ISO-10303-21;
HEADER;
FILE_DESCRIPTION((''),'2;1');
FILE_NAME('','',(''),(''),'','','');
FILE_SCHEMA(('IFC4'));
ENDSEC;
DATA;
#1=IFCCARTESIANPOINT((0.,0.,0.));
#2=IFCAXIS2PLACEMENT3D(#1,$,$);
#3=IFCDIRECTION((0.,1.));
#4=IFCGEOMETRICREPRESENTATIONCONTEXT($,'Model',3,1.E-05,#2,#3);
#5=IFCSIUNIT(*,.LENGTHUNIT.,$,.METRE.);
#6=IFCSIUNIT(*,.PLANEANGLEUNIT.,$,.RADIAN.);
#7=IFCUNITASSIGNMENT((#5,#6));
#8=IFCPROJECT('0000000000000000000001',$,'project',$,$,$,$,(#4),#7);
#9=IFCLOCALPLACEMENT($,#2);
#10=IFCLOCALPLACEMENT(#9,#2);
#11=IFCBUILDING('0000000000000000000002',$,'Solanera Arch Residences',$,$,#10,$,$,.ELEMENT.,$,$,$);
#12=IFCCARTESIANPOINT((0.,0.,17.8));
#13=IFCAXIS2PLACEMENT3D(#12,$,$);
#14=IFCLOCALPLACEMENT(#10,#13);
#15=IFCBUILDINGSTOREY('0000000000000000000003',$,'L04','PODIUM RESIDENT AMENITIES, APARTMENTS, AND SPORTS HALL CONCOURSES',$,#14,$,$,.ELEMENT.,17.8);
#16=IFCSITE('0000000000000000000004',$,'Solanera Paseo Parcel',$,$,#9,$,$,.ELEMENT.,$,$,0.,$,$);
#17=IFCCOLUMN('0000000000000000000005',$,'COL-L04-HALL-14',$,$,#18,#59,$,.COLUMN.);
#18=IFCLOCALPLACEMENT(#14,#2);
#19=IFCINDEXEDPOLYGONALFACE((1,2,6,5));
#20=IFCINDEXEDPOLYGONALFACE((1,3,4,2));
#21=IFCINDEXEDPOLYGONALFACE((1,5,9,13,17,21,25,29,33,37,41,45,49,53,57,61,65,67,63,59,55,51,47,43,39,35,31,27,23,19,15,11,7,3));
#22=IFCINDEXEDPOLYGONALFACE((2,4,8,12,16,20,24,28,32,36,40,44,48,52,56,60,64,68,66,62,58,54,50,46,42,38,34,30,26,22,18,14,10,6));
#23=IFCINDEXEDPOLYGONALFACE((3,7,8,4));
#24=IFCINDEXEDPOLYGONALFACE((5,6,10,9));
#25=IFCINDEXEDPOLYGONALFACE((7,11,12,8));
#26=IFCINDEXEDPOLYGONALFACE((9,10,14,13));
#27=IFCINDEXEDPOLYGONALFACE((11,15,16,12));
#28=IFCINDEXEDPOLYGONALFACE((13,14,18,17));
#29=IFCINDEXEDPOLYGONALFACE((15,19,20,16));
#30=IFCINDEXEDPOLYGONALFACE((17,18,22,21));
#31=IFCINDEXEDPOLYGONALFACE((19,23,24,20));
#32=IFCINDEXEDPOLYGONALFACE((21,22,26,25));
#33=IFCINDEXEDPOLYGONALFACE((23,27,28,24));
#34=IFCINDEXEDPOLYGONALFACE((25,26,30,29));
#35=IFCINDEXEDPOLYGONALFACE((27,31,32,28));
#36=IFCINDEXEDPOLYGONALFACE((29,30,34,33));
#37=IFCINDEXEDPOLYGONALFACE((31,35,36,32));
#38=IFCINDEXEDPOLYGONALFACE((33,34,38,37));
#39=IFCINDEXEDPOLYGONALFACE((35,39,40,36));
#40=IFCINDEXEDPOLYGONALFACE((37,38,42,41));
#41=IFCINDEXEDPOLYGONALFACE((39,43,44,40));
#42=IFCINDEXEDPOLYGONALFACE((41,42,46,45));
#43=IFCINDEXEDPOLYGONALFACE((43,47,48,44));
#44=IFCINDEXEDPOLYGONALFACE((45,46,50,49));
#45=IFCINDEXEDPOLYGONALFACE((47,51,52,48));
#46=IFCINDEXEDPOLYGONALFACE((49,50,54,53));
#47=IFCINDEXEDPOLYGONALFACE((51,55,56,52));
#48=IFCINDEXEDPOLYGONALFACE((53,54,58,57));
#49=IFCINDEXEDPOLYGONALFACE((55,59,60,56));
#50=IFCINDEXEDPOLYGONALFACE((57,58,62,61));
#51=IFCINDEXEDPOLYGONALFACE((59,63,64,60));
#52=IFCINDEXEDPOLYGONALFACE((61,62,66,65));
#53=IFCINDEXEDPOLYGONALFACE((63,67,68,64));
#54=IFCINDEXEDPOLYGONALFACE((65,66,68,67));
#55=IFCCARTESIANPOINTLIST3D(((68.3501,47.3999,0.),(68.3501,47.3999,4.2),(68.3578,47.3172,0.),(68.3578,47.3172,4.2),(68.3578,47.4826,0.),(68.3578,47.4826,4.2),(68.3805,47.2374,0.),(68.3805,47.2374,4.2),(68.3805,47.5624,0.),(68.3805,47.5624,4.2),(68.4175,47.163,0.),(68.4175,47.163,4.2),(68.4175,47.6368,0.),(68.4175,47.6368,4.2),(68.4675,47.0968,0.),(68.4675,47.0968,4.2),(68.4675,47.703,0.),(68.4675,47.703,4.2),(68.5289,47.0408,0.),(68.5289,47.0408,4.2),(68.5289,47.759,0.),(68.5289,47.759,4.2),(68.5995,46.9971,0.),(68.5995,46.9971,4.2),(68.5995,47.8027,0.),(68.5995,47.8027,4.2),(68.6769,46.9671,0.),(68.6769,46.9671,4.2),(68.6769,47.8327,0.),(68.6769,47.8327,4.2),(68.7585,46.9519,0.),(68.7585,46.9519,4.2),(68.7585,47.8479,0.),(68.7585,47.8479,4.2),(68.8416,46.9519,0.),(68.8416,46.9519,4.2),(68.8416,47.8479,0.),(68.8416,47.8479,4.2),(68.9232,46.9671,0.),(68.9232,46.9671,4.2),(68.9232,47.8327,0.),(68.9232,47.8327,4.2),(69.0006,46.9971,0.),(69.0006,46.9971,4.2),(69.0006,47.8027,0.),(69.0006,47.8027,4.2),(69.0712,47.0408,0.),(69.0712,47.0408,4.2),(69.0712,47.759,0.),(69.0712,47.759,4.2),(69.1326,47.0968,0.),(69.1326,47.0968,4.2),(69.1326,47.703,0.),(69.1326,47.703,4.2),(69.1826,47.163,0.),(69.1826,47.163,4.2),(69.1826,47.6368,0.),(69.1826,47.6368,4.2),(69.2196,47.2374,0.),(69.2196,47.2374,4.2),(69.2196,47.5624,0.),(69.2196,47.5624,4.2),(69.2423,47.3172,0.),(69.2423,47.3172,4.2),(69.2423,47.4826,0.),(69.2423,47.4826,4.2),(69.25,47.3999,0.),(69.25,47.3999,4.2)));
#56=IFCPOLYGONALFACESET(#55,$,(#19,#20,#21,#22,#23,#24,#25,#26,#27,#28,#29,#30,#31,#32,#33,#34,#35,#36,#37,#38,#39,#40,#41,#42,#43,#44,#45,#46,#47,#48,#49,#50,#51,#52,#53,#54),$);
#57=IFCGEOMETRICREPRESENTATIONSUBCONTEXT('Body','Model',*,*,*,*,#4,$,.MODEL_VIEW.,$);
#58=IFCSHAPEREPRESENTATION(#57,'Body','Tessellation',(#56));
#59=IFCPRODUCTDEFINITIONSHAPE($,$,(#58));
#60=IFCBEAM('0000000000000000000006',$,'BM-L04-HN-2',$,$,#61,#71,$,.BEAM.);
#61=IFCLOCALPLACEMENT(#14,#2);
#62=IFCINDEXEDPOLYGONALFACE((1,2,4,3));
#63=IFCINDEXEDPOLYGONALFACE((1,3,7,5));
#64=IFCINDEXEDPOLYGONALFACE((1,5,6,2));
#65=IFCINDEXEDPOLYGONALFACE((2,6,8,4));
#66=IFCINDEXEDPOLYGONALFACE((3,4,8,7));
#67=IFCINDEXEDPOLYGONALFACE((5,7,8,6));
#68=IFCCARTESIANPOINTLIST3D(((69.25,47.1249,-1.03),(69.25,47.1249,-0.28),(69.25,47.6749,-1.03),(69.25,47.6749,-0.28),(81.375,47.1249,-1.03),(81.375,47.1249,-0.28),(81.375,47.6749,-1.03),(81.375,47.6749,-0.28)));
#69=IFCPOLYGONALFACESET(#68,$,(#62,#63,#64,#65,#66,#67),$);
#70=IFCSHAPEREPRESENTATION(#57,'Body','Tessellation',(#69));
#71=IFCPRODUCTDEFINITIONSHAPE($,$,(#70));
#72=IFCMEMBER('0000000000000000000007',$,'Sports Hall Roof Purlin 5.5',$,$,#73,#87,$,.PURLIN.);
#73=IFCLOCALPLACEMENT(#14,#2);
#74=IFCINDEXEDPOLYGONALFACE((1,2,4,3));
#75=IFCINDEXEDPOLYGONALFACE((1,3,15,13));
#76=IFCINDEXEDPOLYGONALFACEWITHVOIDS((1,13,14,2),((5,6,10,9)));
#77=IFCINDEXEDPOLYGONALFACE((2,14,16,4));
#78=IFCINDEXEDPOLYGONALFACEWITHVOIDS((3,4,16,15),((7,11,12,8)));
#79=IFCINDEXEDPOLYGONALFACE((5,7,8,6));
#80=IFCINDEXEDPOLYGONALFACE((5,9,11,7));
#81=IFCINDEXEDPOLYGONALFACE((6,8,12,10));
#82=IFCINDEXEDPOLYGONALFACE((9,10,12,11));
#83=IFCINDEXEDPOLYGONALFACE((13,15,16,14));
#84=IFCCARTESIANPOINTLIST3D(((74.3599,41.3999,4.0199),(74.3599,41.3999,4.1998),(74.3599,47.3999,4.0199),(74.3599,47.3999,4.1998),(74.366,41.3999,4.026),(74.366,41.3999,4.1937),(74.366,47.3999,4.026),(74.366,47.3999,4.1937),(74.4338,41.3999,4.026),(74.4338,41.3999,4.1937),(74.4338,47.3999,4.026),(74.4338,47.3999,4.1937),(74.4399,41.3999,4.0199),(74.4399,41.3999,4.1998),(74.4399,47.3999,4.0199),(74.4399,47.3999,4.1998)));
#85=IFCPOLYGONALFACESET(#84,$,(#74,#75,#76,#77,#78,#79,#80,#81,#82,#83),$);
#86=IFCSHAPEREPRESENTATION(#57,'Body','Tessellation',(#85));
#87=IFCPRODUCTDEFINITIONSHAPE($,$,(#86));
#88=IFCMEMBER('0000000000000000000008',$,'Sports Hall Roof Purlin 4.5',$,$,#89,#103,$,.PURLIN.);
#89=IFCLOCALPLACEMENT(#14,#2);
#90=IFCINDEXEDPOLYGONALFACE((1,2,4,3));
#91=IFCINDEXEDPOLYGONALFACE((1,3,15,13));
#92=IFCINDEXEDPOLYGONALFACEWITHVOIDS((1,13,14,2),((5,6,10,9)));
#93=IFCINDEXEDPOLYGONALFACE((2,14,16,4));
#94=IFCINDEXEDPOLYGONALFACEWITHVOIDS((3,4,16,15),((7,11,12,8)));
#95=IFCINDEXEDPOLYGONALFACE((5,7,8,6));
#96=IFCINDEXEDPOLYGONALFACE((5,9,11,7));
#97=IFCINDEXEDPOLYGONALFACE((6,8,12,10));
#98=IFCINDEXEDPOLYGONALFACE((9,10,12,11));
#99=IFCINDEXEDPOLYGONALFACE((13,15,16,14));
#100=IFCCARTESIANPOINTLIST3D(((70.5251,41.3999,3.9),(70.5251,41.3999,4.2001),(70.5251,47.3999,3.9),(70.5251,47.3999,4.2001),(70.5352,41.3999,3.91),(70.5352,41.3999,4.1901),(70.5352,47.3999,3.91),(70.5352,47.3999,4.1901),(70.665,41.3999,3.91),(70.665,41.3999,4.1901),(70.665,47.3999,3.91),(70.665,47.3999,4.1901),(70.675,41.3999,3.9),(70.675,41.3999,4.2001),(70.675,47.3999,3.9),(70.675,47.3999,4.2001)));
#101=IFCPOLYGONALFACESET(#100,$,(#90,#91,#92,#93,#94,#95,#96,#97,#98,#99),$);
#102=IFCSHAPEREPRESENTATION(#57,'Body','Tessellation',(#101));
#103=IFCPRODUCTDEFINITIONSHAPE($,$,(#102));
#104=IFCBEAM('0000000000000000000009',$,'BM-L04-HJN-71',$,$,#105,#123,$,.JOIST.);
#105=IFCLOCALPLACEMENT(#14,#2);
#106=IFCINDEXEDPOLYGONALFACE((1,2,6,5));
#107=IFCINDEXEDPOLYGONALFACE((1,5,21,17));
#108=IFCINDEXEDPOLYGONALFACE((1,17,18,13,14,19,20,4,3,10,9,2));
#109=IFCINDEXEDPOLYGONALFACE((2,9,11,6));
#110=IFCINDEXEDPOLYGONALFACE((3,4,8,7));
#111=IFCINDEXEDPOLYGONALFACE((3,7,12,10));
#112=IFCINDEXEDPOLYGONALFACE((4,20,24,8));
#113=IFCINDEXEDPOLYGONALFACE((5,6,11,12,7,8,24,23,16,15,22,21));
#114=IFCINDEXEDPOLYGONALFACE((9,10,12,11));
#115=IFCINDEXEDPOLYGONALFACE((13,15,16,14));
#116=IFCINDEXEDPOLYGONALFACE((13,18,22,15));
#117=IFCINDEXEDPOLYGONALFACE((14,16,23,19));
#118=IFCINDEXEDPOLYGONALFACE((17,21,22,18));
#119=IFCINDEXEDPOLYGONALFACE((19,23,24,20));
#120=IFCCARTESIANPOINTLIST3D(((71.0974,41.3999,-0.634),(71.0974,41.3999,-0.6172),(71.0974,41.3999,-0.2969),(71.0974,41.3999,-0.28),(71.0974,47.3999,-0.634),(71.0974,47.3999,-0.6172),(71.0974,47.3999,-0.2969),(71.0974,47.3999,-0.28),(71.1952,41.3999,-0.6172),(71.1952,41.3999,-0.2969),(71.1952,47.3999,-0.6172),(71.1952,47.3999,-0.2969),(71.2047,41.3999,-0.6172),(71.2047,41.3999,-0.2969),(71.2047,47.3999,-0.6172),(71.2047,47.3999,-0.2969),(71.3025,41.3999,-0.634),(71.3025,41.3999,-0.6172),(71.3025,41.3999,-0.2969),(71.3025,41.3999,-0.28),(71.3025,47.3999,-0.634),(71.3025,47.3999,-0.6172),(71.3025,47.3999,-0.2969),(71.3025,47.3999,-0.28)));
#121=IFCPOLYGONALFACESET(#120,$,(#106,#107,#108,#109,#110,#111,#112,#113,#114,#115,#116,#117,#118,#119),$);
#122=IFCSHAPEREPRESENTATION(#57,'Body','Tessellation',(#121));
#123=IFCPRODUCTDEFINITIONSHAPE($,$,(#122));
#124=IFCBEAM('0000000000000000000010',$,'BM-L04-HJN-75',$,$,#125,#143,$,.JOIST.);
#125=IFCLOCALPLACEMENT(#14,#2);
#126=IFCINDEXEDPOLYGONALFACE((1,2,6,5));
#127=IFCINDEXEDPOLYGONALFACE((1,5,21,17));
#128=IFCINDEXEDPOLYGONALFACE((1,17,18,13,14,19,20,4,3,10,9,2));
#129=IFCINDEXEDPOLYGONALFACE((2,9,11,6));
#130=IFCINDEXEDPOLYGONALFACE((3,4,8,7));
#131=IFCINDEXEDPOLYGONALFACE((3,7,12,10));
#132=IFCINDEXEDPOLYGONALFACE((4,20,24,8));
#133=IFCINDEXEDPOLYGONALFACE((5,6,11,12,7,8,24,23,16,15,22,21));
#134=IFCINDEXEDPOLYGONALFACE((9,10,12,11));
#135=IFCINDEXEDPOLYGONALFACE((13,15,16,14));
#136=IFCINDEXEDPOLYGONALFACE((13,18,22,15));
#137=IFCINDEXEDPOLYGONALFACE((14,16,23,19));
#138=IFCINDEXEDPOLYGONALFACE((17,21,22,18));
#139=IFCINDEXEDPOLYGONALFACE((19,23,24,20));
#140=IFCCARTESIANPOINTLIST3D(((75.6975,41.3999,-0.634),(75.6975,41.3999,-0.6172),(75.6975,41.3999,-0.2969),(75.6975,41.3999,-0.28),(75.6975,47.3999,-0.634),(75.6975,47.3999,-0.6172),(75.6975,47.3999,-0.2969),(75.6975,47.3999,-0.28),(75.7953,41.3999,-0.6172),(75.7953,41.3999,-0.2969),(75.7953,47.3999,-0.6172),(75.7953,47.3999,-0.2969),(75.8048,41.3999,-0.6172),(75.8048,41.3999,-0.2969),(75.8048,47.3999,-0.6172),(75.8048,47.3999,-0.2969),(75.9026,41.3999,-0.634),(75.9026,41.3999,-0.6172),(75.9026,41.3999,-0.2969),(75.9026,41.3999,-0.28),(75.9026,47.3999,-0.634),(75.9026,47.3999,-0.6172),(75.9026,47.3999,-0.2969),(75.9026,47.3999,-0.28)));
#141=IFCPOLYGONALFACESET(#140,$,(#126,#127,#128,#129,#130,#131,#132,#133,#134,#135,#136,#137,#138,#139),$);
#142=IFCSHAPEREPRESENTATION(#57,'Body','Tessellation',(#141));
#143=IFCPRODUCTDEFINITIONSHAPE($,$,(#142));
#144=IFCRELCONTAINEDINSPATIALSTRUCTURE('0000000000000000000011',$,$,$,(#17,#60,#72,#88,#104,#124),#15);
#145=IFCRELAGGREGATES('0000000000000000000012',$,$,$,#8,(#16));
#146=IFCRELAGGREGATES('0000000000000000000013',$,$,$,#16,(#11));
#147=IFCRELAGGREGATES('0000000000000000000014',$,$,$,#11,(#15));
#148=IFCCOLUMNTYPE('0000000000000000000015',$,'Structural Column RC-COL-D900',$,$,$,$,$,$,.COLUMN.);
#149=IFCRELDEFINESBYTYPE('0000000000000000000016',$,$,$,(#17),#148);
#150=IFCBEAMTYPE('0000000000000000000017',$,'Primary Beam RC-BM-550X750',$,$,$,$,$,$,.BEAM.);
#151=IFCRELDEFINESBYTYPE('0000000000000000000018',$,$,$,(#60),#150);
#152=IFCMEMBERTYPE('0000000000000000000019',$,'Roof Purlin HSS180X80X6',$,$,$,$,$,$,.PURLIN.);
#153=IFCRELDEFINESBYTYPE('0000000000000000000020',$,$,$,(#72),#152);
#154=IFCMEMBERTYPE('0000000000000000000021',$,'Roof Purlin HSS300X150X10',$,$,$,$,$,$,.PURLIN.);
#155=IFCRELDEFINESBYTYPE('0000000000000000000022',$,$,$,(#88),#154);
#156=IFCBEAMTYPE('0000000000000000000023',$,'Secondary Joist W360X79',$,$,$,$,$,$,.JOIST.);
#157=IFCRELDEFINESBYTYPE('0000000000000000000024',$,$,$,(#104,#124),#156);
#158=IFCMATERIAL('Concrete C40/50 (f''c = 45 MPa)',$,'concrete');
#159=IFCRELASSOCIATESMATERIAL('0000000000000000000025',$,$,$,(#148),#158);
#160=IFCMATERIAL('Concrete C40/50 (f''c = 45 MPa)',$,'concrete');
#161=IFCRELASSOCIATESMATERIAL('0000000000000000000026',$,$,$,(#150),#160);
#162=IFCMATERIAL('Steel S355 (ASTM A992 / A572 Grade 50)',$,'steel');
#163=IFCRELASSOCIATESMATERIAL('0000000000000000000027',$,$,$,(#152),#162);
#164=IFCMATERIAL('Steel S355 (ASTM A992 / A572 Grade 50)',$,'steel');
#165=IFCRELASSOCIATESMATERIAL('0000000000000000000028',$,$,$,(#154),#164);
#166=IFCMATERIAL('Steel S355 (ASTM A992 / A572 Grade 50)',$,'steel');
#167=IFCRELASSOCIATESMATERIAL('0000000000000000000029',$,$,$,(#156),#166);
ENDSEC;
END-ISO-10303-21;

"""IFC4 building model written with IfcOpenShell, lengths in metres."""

from ifc_helpers import new_model, si_unit, direction, frame, origin, origin_2d, place, context, subcontext, project, spatial, rectangle, hollow_rectangle, circle, i_section, extrude, material, material_profile, profile_set, type_object, element, save


model = new_model("IFC4")

# Units and contexts
model_context = context("Model", 3, precision=1e-05, world=origin(), true_north=direction((0.0, 1.0)))
body_context = subcontext(model_context, "Body", "Model", "MODEL_VIEW")
ifc_project = project(units=[si_unit("LENGTHUNIT", "METRE"), si_unit("PLANEANGLEUNIT", "RADIAN")], contexts=[model_context])

# Site, building, storey
site_placement = place(None, origin())
site = spatial("IfcSite", under=ifc_project, at=site_placement, Name="Solanera Paseo Parcel", CompositionType="ELEMENT", RefElevation=0.0)
building_placement = place(site_placement, origin())
building = spatial("IfcBuilding", under=site, at=building_placement, Name="Solanera Arch Residences", CompositionType="ELEMENT")
storey_placement = place(building_placement, frame((0.0, 0.0, 17.8)))
storey = spatial("IfcBuildingStorey", under=building, at=storey_placement, Name="L04", Description="PODIUM RESIDENT AMENITIES, APARTMENTS, AND SPORTS HALL CONCOURSES", CompositionType="ELEMENT", Elevation=17.8)

# Column
ifc_material_1 = material(Name="Concrete C40/50 (f'c = 45 MPa)", Category="concrete")
ifc_material_profile_1 = material_profile(ifc_material_1, circle(Radius=0.45, at=origin_2d()))
ifc_profile_set_1 = profile_set([ifc_material_profile_1], Name="Concrete C40/50 (f'c = 45 MPa)")
column_type = type_object("IfcColumnType", Name="Structural Column RC-COL-D900", PredefinedType="COLUMN", material=ifc_profile_set_1)
column_placement = place(storey_placement, frame((68.8, 47.3999, 0.0), z_axis=(0.0, 0.0, 1.0), x_axis=(1.0, 0.0, 0.0)))
element("IfcColumn", 1, at=column_placement, inside=storey, type_object=column_type, Name="COL-L04-HALL-14", PredefinedType="COLUMN", context=body_context, shape_type="SweptSolid", body=[
    extrude(circle(Radius=0.45, at=origin_2d()), origin(), (0.0, 0.0, 1.0), 4.2),
])

# Beam
ifc_material_2 = material(Name="Concrete C40/50 (f'c = 45 MPa)", Category="concrete")
ifc_material_profile_2 = material_profile(ifc_material_2, rectangle(XDim=0.55, YDim=0.75, at=origin_2d()))
ifc_profile_set_2 = profile_set([ifc_material_profile_2], Name="Concrete C40/50 (f'c = 45 MPa)")
beam_type_1 = type_object("IfcBeamType", Name="Primary Beam RC-BM-550X750", PredefinedType="BEAM", material=ifc_profile_set_2)
beam_1_placement = place(storey_placement, frame((69.25, 47.3999, -0.655), z_axis=(1.0, 0.0, 0.0), x_axis=(0.0, 1.0, 0.0)))
element("IfcBeam", 2, at=beam_1_placement, inside=storey, type_object=beam_type_1, Name="BM-L04-HN-2", PredefinedType="BEAM", context=body_context, shape_type="SweptSolid", body=[
    extrude(rectangle(XDim=0.55, YDim=0.75, at=origin_2d()), origin(), (0.0, 0.0, 1.0), 12.125),
])

# Members
ifc_material_3 = material(Name="Steel S355 (ASTM A992 / A572 Grade 50)", Category="steel")
ifc_material_profile_3 = material_profile(ifc_material_3, hollow_rectangle(XDim=0.0801, YDim=0.1799, WallThickness=0.0061, at=origin_2d()))
ifc_profile_set_3 = profile_set([ifc_material_profile_3], Name="Steel S355 (ASTM A992 / A572 Grade 50)")
member_type_1 = type_object("IfcMemberType", Name="Roof Purlin HSS180X80X6", PredefinedType="PURLIN", material=ifc_profile_set_3)
member_1_placement = place(storey_placement, frame((74.3999, 41.3999, 4.1099), z_axis=(0.0, 1.0, 0.0), x_axis=(-1.0, 0.0, 0.0)))
element("IfcMember", 3, at=member_1_placement, inside=storey, type_object=member_type_1, Name="Sports Hall Roof Purlin 5.5", PredefinedType="PURLIN", context=body_context, shape_type="SweptSolid", body=[
    extrude(hollow_rectangle(XDim=0.0801, YDim=0.1799, WallThickness=0.0061, at=origin_2d()), origin(), (0.0, 0.0, 1.0), 6.0),
])
ifc_material_4 = material(Name="Steel S355 (ASTM A992 / A572 Grade 50)", Category="steel")
ifc_material_profile_4 = material_profile(ifc_material_4, hollow_rectangle(XDim=0.1499, YDim=0.3, WallThickness=0.01, at=origin_2d()))
ifc_profile_set_4 = profile_set([ifc_material_profile_4], Name="Steel S355 (ASTM A992 / A572 Grade 50)")
member_type_2 = type_object("IfcMemberType", Name="Roof Purlin HSS300X150X10", PredefinedType="PURLIN", material=ifc_profile_set_4)
member_2_placement = place(storey_placement, frame((70.6001, 41.3999, 4.05), z_axis=(0.0, 1.0, 0.0), x_axis=(-1.0, 0.0, 0.0)))
element("IfcMember", 4, at=member_2_placement, inside=storey, type_object=member_type_2, Name="Sports Hall Roof Purlin 4.5", PredefinedType="PURLIN", context=body_context, shape_type="SweptSolid", body=[
    extrude(hollow_rectangle(XDim=0.1499, YDim=0.3, WallThickness=0.01, at=origin_2d()), origin(), (0.0, 0.0, 1.0), 6.0),
])

# Beams
ifc_material_5 = material(Name="Steel S355 (ASTM A992 / A572 Grade 50)", Category="steel")
ifc_material_profile_5 = material_profile(ifc_material_5, i_section(OverallWidth=0.2051, OverallDepth=0.354, WebThickness=0.0095, FlangeThickness=0.0168, at=origin_2d()))
ifc_profile_set_5 = profile_set([ifc_material_profile_5], Name="Steel S355 (ASTM A992 / A572 Grade 50)")
beam_type_2 = type_object("IfcBeamType", Name="Secondary Joist W360X79", PredefinedType="JOIST", material=ifc_profile_set_5)
for number, where, z_axis, x_axis, name in (
    (5, (71.2, 41.3999, -0.457), (0.0, 1.0, 0.0), (-1.0, 0.0, 0.0), "BM-L04-HJN-71"),
    (6, (75.8, 41.3999, -0.457), (0.0, 1.0, 0.0), (-1.0, 0.0, 0.0), "BM-L04-HJN-75"),
):
    element("IfcBeam", number, at=place(storey_placement, frame(where, z_axis=z_axis, x_axis=x_axis)), inside=storey, type_object=beam_type_2, Name=name, PredefinedType="JOIST", context=body_context, shape_type="SweptSolid", body=[
        extrude(i_section(OverallWidth=0.2051, OverallDepth=0.354, WebThickness=0.0095, FlangeThickness=0.0168, at=origin_2d()), origin(), (0.0, 0.0, 1.0), 6.0),
    ])

save(model, "model.ifc")
